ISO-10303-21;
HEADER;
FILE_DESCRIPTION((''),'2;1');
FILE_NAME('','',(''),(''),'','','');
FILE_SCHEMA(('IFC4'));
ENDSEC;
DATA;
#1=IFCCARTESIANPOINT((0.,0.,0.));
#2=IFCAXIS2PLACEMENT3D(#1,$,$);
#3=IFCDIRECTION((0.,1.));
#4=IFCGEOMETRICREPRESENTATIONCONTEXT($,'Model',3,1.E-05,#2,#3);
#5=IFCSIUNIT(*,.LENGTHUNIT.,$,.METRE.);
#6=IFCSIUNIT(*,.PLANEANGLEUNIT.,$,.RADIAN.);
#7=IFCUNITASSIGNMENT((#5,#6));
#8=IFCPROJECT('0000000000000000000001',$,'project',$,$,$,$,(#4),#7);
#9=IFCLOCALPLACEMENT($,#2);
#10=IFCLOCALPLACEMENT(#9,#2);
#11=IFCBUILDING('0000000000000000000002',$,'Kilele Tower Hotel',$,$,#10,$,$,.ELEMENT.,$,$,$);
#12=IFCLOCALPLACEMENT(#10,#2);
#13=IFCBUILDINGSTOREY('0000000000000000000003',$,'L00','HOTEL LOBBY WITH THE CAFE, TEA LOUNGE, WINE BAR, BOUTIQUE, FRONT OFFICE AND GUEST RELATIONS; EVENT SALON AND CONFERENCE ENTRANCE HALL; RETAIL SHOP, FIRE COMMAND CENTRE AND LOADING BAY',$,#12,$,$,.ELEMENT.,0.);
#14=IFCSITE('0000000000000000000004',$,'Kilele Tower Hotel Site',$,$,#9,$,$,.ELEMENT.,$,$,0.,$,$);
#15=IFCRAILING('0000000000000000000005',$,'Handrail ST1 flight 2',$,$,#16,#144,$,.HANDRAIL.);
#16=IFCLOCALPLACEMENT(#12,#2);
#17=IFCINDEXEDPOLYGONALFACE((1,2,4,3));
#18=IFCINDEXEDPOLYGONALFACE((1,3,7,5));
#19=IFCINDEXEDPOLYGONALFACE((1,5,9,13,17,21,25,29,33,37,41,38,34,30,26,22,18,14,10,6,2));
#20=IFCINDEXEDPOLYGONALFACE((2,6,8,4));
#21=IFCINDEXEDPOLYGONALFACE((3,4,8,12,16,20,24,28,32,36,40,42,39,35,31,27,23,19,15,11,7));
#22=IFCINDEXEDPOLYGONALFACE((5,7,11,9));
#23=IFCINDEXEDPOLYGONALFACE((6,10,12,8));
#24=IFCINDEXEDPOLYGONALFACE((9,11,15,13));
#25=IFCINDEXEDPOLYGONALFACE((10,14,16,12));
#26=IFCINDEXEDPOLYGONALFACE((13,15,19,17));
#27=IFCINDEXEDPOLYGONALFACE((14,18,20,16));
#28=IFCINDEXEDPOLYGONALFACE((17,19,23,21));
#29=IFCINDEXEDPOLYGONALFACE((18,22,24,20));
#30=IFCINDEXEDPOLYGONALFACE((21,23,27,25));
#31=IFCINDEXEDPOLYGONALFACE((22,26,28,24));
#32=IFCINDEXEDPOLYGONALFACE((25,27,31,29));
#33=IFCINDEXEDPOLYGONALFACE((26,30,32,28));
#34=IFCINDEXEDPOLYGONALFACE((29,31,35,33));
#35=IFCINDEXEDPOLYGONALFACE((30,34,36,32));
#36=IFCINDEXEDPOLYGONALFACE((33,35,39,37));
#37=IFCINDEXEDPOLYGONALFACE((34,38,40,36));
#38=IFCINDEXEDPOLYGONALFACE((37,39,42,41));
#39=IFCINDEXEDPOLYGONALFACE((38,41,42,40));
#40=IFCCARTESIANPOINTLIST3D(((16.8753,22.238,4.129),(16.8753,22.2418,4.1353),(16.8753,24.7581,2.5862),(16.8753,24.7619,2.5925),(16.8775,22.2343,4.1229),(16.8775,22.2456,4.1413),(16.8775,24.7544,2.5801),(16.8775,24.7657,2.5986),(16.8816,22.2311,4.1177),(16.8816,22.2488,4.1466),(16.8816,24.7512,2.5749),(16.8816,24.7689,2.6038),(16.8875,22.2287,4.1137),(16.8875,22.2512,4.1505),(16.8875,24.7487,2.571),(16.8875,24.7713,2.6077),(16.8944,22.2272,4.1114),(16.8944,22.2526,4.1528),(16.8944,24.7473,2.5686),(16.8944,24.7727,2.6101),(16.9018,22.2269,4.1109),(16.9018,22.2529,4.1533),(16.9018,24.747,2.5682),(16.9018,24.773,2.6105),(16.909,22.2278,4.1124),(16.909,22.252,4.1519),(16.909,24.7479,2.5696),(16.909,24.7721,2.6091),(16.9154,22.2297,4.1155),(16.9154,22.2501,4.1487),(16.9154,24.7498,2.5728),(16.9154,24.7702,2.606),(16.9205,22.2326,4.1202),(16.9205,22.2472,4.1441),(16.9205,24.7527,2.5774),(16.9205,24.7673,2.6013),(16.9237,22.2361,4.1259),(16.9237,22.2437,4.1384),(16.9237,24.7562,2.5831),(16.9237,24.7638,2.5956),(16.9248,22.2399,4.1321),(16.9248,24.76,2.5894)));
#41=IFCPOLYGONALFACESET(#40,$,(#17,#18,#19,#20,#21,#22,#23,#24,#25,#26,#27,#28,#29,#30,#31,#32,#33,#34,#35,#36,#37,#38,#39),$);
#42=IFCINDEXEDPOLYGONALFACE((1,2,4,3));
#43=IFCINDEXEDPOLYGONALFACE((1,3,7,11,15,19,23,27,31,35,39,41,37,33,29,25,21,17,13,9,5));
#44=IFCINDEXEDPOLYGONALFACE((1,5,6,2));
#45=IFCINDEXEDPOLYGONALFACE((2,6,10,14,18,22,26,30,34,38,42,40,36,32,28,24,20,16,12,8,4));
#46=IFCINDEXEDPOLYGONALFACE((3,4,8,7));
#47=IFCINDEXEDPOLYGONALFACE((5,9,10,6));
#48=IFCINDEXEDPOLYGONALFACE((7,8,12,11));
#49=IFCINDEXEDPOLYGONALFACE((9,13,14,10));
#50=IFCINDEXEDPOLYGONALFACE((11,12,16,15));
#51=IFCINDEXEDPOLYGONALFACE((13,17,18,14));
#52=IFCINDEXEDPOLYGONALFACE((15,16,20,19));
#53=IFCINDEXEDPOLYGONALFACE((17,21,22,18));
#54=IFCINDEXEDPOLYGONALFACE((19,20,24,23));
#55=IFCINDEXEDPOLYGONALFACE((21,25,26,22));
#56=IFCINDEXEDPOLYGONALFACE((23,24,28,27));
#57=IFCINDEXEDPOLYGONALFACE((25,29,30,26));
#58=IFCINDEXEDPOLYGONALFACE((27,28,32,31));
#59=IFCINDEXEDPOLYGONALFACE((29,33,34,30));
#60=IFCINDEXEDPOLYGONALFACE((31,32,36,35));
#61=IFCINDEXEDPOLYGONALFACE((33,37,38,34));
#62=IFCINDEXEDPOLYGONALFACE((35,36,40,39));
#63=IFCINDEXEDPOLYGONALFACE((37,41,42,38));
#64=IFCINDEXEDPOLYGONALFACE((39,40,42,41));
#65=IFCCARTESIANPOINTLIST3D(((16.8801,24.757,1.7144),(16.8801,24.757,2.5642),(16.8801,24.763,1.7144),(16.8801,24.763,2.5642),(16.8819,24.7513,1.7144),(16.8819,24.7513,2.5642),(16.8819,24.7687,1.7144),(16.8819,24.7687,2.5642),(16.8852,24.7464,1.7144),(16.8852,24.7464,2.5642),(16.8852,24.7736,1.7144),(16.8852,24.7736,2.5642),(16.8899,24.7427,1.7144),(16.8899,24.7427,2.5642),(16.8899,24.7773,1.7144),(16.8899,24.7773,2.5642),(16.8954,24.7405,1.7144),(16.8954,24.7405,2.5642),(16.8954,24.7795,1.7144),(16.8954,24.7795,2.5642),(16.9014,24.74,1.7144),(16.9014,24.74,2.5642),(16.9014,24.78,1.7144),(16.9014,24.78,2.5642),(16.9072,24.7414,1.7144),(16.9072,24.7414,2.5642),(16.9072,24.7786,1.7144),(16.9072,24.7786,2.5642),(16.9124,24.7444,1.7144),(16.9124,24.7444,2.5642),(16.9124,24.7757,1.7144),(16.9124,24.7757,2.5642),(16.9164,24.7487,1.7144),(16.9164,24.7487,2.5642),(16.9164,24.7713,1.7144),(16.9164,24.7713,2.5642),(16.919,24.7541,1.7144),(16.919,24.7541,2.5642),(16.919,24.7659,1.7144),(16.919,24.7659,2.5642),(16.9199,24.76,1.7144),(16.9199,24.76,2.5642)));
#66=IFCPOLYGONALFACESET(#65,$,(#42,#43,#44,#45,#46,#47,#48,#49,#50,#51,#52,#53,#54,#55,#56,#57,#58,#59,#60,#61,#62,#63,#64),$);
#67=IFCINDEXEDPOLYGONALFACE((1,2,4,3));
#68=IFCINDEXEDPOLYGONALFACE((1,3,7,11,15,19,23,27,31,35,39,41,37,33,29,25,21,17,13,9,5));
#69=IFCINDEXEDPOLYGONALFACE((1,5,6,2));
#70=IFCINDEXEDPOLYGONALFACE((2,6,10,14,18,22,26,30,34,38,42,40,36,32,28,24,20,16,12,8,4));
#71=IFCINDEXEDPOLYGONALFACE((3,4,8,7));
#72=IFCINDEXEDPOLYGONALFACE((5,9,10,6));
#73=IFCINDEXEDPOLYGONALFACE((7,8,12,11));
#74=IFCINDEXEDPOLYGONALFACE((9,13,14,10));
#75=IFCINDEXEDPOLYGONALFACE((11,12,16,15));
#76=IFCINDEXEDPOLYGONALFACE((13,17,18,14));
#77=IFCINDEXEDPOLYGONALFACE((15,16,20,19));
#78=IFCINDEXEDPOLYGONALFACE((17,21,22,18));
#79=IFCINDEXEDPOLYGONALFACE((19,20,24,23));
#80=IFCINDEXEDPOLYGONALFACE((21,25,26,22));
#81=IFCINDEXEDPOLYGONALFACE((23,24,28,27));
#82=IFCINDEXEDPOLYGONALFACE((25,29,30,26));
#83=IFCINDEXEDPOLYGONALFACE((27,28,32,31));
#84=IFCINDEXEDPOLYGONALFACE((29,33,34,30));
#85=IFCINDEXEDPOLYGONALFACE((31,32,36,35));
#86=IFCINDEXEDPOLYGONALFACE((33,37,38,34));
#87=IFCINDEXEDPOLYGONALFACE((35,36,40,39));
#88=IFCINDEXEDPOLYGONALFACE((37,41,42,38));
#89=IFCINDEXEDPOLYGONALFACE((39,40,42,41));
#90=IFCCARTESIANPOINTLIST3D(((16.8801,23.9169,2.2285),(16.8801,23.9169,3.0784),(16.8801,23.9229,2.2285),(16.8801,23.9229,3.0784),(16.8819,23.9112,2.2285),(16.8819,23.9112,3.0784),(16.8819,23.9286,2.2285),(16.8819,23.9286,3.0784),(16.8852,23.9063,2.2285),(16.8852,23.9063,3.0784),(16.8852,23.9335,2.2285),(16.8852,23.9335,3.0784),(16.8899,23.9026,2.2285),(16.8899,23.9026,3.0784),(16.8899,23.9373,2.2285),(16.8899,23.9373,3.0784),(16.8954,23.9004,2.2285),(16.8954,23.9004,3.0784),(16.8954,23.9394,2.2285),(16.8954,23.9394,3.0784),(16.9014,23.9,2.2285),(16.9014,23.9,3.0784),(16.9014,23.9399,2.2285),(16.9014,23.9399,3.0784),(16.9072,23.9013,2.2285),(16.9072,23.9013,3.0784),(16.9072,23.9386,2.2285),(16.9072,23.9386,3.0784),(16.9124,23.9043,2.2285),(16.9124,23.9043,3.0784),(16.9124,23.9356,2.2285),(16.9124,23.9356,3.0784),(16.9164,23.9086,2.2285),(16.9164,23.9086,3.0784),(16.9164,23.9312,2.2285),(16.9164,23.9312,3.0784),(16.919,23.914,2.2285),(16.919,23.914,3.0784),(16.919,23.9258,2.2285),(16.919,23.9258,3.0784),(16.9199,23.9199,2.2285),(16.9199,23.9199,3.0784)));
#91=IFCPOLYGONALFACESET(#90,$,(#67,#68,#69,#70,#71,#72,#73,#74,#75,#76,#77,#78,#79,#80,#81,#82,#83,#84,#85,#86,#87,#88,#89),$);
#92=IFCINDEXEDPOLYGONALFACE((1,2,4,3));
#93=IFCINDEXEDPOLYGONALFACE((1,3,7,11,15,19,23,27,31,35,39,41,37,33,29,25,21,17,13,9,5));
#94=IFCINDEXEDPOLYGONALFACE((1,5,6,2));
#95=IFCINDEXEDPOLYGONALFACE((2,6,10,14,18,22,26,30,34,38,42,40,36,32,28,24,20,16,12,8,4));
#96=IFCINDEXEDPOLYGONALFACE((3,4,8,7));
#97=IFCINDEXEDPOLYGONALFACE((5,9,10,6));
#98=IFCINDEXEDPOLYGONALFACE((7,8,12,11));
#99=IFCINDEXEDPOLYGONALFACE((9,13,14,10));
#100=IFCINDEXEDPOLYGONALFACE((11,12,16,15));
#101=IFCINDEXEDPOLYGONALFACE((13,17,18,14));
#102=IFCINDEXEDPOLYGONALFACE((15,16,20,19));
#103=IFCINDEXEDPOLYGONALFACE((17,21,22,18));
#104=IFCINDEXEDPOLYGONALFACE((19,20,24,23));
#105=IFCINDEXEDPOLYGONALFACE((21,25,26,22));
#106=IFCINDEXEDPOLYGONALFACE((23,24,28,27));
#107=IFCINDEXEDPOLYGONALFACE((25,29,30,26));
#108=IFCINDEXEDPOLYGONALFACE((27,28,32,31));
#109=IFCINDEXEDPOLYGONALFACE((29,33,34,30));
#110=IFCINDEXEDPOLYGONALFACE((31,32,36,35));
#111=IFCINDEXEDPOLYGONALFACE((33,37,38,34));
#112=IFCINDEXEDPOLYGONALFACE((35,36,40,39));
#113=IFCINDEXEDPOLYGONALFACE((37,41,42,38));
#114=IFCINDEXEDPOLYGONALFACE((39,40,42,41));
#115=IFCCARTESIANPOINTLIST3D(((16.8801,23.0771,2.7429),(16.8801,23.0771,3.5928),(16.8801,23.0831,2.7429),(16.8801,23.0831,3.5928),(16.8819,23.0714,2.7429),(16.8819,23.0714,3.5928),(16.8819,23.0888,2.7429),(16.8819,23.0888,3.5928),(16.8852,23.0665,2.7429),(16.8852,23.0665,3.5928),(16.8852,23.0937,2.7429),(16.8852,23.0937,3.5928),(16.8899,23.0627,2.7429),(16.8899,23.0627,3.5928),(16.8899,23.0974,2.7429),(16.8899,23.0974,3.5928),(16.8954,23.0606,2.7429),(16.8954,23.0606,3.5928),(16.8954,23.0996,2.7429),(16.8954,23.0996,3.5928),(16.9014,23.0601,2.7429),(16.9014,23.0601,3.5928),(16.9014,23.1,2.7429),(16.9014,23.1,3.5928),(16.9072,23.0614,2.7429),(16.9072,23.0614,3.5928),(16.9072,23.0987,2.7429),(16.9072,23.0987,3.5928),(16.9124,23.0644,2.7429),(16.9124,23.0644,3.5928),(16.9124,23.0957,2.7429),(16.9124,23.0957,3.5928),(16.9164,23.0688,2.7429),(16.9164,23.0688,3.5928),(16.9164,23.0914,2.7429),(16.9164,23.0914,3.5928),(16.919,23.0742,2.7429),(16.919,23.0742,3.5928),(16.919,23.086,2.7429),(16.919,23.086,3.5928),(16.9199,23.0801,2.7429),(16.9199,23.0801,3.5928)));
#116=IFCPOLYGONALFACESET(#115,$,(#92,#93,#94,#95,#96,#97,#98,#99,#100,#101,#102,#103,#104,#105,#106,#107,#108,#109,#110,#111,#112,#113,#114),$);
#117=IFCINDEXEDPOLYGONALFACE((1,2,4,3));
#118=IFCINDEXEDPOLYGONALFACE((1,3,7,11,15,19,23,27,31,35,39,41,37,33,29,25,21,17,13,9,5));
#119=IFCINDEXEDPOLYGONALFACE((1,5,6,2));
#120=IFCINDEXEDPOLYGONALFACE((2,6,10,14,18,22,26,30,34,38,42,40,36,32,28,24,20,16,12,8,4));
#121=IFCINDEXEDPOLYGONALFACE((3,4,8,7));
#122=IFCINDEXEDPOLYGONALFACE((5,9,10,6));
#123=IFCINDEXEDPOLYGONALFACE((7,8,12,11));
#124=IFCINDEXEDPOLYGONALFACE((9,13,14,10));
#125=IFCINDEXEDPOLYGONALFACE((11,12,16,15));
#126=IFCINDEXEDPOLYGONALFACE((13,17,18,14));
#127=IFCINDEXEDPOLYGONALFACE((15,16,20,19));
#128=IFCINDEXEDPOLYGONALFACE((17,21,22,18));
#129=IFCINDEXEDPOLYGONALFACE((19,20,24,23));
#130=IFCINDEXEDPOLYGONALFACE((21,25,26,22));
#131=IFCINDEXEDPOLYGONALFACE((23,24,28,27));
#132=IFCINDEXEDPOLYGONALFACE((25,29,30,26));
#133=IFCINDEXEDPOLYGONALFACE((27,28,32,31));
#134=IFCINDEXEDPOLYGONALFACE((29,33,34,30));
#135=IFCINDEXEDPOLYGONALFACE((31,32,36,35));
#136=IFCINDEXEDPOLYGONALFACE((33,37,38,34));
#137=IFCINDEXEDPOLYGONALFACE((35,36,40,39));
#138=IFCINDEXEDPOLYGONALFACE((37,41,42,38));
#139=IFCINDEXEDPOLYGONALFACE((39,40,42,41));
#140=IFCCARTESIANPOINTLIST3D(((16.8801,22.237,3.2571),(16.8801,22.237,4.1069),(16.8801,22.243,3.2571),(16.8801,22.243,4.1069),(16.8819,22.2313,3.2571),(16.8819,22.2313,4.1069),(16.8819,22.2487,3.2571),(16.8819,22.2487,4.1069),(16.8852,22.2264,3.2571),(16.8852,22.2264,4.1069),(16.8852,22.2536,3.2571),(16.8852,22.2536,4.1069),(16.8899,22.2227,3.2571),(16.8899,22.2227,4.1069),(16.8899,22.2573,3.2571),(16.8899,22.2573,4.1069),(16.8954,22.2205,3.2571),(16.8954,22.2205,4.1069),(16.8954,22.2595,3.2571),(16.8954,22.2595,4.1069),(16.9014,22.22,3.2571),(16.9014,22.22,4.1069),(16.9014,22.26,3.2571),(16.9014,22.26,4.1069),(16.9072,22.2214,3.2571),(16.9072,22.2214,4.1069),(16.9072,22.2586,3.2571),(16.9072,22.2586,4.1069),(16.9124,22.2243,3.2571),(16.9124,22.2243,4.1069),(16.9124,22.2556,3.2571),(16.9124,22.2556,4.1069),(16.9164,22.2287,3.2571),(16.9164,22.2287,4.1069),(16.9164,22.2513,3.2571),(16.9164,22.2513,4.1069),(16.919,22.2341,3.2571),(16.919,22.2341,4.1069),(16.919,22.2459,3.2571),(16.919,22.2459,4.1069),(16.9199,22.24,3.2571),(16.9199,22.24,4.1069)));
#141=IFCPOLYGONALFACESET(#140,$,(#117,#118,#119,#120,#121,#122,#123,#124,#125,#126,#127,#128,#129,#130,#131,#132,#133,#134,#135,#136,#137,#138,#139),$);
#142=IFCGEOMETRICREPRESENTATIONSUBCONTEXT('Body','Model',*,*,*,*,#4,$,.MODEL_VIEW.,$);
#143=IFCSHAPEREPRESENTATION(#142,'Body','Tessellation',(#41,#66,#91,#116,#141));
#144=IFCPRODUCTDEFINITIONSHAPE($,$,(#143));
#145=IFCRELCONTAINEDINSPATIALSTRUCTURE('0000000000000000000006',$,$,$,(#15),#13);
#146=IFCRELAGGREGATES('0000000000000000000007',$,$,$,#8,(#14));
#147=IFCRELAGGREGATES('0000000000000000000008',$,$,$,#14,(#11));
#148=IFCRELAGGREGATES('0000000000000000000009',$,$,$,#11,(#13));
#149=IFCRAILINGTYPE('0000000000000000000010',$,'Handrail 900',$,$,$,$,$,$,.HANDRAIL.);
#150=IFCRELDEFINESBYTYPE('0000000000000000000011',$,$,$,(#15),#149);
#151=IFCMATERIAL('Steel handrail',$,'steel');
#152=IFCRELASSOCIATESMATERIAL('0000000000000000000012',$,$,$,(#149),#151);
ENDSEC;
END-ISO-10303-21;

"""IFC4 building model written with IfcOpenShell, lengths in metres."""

from ifc_helpers import new_model, si_unit, direction, frame, origin, origin_2d, place, context, subcontext, project, spatial, circle, extrude, material, type_object, element, save


model = new_model("IFC4")

# Units and contexts
model_context = context("Model", 3, precision=1e-05, world=origin(), true_north=direction((0.0, 1.0)))
body_context = subcontext(model_context, "Body", "Model", "MODEL_VIEW")
ifc_project = project(units=[si_unit("LENGTHUNIT", "METRE"), si_unit("PLANEANGLEUNIT", "RADIAN")], contexts=[model_context])

# Site, building, storey
site_placement = place(None, origin())
site = spatial("IfcSite", under=ifc_project, at=site_placement, Name="Kilele Tower Hotel Site", CompositionType="ELEMENT", RefElevation=0.0)
building_placement = place(site_placement, origin())
building = spatial("IfcBuilding", under=site, at=building_placement, Name="Kilele Tower Hotel", CompositionType="ELEMENT")
storey_placement = place(building_placement, origin())
storey = spatial("IfcBuildingStorey", under=building, at=storey_placement, Name="L00", Description="HOTEL LOBBY WITH THE CAFE, TEA LOUNGE, WINE BAR, BOUTIQUE, FRONT OFFICE AND GUEST RELATIONS; EVENT SALON AND CONFERENCE ENTRANCE HALL; RETAIL SHOP, FIRE COMMAND CENTRE AND LOADING BAY", CompositionType="ELEMENT", Elevation=0.0)

# Railing
ifc_material_1 = material(Name="Steel handrail", Category="steel")
railing_type_1 = type_object("IfcRailingType", Name="Handrail 900", PredefinedType="HANDRAIL", material=ifc_material_1)
for number, where, name in (
    (1, (16.8999, 24.76, 1.7144), "Handrail ST1 flight 2"),
):
    element("IfcRailing", number, at=place(storey_placement, frame(where)), inside=storey, type_object=railing_type_1, Name=name, PredefinedType="HANDRAIL", context=body_context, shape_type="SweptSolid", body=[
        extrude(circle(Radius=0.0249, at=origin_2d()), frame((0.0, 0.0, 0.875), z_axis=(0.0, -0.852873, 0.522118), x_axis=(1.0, 0.0, 0.0)), (0.0, 0.0, 1.0), 2.9548),
        extrude(circle(Radius=0.02, at=origin_2d()), origin(), (0.0, 0.0, 1.0), 0.8499),
        extrude(circle(Radius=0.02, at=origin_2d()), frame((0.0, -0.8401, 0.5142)), (0.0, 0.0, 1.0), 0.8499),
        extrude(circle(Radius=0.02, at=origin_2d()), frame((0.0, -1.6799, 1.0286)), (0.0, 0.0, 1.0), 0.8499),
        extrude(circle(Radius=0.02, at=origin_2d()), frame((0.0, -2.52, 1.5427)), (0.0, 0.0, 1.0), 0.8499),
    ])

save(model, "model.ifc")
